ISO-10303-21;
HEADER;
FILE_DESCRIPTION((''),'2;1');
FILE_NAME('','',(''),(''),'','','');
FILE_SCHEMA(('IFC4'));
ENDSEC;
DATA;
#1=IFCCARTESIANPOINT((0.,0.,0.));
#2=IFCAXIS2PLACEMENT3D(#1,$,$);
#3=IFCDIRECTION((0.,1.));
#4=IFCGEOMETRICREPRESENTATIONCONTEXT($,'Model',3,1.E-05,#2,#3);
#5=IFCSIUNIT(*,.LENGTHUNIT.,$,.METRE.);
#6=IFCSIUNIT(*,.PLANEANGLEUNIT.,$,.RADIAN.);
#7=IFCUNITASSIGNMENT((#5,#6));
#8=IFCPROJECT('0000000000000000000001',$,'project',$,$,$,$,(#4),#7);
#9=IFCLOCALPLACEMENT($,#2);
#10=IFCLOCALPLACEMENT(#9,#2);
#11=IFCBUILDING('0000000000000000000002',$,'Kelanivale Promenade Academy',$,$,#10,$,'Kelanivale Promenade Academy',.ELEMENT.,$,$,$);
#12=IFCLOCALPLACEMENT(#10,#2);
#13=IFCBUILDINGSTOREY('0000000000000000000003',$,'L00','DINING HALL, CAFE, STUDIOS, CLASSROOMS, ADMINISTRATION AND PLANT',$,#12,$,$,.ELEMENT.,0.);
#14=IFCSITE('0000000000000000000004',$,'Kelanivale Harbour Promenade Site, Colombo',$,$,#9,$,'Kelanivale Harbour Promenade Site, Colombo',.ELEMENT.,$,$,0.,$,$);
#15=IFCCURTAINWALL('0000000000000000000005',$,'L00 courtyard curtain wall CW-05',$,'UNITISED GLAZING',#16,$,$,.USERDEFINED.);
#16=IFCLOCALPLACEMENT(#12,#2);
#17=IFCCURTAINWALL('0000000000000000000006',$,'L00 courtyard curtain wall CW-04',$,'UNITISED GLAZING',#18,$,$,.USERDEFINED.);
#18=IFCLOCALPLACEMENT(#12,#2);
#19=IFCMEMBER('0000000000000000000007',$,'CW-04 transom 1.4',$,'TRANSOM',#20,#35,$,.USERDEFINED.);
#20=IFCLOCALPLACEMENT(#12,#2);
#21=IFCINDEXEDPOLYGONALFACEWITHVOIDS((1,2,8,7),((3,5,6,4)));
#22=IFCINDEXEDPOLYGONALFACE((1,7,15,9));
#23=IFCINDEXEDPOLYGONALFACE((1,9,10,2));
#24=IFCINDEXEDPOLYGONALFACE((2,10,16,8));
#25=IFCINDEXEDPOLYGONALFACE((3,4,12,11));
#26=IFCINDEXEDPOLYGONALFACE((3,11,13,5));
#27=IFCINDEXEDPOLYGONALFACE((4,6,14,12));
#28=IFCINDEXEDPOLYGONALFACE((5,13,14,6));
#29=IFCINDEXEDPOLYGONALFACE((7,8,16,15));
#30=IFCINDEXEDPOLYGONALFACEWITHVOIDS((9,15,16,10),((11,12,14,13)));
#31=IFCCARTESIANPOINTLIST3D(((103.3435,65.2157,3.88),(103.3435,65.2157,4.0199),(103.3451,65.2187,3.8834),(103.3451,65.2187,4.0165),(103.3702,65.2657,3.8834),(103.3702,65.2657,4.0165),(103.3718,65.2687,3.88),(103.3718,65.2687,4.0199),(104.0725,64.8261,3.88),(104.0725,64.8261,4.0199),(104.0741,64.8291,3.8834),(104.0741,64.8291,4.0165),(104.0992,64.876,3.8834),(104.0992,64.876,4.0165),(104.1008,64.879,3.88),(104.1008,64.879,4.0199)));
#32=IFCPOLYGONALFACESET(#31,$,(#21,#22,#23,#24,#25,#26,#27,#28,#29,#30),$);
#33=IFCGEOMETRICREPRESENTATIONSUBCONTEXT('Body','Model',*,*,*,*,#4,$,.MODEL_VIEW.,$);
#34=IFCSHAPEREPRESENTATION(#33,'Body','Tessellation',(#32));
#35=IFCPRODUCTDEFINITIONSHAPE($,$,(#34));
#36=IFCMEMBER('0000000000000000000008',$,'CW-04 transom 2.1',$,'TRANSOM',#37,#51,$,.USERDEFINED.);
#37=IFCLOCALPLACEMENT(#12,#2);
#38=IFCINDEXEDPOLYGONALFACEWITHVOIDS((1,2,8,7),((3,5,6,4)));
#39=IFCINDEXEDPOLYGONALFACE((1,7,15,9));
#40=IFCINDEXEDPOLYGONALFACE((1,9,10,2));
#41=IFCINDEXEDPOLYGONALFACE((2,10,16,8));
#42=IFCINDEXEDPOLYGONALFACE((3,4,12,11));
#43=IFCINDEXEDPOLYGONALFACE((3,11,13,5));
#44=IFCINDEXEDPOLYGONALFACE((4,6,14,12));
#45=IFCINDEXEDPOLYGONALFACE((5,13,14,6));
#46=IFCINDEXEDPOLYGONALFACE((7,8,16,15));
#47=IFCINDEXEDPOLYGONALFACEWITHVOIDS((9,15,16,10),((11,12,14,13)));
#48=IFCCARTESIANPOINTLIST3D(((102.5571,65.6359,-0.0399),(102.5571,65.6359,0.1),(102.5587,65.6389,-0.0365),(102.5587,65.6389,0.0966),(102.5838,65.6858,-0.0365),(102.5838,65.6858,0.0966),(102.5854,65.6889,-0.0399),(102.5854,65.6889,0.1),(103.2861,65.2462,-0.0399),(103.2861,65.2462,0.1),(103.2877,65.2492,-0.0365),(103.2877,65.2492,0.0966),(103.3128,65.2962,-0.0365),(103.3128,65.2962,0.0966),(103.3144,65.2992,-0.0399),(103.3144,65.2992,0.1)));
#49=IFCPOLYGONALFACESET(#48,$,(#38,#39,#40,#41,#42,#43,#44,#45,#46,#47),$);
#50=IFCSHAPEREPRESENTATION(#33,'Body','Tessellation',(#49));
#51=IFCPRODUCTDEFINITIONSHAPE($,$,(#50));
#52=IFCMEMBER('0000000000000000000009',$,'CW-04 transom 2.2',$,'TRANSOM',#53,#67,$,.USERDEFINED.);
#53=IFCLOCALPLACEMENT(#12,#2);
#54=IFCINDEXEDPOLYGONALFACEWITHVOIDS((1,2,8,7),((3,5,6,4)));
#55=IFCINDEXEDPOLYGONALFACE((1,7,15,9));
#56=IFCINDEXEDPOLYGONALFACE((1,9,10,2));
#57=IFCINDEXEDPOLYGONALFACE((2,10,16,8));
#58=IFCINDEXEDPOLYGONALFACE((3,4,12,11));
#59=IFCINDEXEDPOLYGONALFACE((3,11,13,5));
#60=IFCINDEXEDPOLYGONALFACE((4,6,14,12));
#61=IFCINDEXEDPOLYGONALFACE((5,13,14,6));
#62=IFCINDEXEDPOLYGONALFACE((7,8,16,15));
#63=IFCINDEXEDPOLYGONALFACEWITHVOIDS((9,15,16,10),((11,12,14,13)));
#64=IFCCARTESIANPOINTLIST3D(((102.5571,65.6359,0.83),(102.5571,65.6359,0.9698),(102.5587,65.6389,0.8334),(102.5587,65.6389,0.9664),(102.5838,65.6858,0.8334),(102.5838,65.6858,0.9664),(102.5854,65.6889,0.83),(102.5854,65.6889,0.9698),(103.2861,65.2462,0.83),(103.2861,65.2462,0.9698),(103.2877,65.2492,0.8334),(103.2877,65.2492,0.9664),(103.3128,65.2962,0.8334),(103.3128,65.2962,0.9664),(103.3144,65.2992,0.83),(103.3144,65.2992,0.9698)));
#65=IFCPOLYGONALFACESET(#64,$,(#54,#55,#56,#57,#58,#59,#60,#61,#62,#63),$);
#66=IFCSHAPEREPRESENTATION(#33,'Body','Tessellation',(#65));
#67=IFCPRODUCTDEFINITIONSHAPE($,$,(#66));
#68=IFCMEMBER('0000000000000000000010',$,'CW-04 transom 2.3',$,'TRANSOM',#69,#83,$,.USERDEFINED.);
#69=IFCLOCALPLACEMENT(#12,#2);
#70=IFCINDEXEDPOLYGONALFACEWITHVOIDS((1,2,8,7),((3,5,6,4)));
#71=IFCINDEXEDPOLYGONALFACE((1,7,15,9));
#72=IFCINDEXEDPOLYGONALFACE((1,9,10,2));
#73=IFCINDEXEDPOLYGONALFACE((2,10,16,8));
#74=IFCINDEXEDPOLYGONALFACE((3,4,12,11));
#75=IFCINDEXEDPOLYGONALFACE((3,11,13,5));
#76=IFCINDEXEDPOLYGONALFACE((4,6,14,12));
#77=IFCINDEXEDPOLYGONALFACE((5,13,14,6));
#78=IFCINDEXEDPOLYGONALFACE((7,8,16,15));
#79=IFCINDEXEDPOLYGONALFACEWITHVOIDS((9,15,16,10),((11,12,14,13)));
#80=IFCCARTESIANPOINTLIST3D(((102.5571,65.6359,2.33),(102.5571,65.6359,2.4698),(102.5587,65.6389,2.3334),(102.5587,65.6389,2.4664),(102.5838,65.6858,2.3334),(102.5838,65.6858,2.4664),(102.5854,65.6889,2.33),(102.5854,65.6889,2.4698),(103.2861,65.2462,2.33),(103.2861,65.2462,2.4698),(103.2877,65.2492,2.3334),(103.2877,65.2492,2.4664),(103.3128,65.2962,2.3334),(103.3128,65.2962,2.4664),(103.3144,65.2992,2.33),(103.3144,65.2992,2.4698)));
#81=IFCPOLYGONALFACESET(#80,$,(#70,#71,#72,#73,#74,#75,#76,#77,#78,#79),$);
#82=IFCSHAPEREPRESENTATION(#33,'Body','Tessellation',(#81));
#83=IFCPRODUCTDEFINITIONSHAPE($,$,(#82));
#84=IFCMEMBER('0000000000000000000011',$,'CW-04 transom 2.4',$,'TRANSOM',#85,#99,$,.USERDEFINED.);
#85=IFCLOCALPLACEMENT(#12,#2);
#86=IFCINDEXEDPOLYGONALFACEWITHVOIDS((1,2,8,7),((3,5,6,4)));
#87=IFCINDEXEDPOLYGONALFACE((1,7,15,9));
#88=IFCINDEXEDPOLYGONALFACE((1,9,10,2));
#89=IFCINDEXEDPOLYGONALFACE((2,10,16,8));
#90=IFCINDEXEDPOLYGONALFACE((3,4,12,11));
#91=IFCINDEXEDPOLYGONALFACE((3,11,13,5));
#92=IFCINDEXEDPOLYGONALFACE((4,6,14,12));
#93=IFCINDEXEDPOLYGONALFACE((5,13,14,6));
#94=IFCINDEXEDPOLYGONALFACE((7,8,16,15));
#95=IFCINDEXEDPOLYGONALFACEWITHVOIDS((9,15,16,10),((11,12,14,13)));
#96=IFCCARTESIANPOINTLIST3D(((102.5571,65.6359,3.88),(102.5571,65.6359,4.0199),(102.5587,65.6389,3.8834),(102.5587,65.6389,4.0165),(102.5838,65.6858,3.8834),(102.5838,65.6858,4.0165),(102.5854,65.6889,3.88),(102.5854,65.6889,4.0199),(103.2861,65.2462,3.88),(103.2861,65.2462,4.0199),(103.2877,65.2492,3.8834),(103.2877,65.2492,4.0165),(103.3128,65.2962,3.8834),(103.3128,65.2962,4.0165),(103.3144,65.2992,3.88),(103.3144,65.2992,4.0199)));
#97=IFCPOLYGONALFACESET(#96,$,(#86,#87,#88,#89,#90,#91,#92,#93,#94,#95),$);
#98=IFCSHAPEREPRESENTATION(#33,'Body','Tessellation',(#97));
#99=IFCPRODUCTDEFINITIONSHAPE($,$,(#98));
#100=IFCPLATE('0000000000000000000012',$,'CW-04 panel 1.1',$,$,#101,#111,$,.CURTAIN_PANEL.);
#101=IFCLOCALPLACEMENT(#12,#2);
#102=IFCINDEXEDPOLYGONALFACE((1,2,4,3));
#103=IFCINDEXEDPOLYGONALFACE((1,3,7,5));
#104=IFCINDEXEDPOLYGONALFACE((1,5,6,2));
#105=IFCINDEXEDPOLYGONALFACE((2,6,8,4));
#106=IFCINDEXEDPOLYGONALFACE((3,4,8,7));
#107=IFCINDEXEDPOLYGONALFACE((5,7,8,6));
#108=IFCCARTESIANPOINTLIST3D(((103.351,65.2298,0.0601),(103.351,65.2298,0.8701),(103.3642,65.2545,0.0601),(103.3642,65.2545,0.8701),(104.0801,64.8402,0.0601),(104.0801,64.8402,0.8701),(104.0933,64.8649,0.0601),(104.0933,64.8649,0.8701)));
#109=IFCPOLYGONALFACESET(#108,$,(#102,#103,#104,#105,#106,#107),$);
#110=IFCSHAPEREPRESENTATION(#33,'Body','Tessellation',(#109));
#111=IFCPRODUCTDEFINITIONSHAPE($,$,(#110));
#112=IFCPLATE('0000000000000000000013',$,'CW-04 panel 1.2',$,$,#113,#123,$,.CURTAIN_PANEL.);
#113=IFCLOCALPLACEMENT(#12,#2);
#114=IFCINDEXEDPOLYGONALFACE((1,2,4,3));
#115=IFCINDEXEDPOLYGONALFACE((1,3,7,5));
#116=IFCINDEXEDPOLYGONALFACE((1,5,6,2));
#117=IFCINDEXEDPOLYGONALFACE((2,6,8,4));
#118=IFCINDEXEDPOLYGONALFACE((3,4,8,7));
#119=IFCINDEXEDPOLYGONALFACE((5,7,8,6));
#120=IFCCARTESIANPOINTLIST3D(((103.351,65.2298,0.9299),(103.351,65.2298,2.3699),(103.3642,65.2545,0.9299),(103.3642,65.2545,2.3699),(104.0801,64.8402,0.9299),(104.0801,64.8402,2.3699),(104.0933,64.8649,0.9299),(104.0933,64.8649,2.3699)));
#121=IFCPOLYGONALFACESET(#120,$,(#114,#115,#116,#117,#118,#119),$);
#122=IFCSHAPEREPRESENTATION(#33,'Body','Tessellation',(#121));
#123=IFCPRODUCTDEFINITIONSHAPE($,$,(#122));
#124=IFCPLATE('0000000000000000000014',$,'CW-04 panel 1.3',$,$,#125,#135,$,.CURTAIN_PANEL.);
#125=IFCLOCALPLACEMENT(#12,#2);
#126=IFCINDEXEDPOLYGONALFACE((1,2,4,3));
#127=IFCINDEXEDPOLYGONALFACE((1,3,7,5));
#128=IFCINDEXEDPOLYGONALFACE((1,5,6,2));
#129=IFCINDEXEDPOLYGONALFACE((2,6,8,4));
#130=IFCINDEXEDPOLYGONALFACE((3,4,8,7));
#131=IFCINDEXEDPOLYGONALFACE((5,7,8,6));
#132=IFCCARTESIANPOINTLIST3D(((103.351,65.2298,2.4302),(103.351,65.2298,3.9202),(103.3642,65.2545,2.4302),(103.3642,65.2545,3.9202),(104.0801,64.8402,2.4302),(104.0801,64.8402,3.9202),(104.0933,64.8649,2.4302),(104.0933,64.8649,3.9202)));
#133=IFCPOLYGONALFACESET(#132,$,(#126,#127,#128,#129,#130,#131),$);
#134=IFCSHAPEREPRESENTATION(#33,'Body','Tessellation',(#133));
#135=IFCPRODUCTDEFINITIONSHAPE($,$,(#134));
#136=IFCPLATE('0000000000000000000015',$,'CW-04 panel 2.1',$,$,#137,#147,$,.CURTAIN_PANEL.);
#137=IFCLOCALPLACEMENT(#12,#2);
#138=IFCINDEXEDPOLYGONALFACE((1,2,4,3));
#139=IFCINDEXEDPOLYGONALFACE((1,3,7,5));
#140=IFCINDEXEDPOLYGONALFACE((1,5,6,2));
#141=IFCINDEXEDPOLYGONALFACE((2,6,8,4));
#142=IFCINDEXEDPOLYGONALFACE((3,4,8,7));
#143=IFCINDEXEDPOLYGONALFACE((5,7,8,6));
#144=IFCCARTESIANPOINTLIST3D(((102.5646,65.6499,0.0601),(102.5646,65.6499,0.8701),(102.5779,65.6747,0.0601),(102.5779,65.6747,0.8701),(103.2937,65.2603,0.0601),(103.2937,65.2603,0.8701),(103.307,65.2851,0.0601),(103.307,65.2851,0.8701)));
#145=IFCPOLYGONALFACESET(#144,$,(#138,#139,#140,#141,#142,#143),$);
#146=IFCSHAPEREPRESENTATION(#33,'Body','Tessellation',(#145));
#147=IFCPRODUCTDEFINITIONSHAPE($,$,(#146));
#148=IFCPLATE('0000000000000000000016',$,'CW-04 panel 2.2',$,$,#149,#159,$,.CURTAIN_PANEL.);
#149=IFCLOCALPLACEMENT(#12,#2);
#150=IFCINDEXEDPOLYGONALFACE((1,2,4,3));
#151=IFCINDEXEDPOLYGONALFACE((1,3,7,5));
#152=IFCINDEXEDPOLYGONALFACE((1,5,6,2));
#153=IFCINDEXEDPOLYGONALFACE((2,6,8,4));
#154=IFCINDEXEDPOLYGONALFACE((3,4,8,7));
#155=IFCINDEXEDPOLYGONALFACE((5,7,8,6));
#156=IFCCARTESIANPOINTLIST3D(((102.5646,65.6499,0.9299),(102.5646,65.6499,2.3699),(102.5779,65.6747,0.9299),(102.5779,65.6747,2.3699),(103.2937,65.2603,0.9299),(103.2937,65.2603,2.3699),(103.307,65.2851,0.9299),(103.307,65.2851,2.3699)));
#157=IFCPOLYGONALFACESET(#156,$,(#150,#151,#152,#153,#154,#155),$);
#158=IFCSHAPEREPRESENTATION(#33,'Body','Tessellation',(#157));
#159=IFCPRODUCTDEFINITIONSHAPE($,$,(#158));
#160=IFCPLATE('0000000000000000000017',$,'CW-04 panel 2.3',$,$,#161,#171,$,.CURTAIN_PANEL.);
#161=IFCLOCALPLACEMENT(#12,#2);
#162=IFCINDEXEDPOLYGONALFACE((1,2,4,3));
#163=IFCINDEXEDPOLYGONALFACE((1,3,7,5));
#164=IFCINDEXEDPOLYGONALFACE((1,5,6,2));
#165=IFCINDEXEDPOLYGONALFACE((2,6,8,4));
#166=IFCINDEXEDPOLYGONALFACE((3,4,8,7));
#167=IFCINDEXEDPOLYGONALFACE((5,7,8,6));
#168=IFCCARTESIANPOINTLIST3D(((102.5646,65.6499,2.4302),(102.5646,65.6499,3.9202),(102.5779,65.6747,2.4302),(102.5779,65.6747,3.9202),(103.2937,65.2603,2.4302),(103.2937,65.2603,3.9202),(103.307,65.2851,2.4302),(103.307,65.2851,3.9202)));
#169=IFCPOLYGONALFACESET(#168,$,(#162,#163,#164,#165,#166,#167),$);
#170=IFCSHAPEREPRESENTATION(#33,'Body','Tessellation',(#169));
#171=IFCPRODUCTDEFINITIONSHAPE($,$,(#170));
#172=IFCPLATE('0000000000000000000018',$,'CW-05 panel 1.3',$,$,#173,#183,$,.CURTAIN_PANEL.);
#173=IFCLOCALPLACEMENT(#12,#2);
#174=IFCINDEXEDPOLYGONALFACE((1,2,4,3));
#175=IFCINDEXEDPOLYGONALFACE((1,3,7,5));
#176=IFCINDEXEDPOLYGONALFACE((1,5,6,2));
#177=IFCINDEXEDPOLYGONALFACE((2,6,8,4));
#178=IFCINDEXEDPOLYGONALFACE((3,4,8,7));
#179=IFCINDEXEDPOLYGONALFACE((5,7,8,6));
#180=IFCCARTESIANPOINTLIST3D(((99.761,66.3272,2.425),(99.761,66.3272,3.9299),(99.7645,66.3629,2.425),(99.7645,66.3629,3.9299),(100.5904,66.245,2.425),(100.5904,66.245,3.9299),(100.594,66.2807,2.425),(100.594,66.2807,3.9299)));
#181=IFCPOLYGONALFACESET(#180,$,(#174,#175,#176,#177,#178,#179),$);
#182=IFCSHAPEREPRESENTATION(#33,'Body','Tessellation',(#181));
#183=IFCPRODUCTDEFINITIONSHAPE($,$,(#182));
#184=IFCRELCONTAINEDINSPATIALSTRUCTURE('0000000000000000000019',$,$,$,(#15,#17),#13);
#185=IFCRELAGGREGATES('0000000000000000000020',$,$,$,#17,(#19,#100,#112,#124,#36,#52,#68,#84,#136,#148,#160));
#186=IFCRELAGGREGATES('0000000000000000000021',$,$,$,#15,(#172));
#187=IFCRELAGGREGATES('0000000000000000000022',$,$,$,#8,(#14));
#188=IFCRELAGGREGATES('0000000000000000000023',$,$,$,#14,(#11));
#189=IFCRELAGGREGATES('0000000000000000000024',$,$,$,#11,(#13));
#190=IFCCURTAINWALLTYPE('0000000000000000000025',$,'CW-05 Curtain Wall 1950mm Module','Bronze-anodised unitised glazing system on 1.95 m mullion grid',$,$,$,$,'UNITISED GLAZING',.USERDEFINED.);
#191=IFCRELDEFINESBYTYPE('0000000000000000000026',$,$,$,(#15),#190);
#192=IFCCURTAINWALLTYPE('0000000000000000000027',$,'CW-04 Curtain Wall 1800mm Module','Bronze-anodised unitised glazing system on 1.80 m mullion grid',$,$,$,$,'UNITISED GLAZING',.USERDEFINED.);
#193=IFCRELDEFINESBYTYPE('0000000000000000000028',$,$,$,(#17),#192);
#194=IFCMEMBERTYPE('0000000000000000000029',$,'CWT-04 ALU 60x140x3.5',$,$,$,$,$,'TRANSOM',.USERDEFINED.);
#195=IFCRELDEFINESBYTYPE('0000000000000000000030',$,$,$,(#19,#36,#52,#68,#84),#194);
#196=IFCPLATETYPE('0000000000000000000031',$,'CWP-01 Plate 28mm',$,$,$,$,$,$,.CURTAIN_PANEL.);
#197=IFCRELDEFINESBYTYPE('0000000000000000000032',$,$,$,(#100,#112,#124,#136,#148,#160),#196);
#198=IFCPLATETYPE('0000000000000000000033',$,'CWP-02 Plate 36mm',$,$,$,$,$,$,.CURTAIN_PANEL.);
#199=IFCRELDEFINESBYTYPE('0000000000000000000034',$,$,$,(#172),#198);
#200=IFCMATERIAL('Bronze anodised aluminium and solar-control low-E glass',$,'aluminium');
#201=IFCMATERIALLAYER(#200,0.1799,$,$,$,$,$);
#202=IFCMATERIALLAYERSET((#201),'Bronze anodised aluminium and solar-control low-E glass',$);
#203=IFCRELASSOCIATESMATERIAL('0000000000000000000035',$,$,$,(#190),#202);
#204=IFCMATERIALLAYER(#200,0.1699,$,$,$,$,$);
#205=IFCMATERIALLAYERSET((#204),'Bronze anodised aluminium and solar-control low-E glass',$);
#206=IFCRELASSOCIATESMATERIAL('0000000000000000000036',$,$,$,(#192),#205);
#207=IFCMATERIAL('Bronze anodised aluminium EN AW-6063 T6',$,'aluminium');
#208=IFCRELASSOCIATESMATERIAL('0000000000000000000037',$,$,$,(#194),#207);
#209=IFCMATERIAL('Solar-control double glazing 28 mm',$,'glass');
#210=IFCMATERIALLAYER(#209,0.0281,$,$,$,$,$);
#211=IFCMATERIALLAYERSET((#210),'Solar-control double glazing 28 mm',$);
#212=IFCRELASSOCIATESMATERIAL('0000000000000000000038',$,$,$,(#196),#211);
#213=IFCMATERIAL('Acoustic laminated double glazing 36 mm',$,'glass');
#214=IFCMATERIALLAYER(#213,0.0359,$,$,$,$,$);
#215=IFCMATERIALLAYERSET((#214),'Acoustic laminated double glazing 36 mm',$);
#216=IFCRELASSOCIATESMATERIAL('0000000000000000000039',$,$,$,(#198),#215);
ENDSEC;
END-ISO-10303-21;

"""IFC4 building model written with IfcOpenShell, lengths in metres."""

from ifc_helpers import new_model, si_unit, direction, frame, origin, origin_2d, place, context, subcontext, project, spatial, rectangle, hollow_rectangle, extrude, material, layer, layer_set, material_profile, profile_set, type_object, element, aggregate, save


model = new_model("IFC4")

# Units and contexts
model_context = context("Model", 3, precision=1e-05, world=origin(), true_north=direction((0.0, 1.0)))
body_context = subcontext(model_context, "Body", "Model", "MODEL_VIEW")
ifc_project = project(units=[si_unit("LENGTHUNIT", "METRE"), si_unit("PLANEANGLEUNIT", "RADIAN")], contexts=[model_context])

# Site, building, storey
site_placement = place(None, origin())
site = spatial("IfcSite", under=ifc_project, at=site_placement, Name="Kelanivale Harbour Promenade Site, Colombo", LongName="Kelanivale Harbour Promenade Site, Colombo", CompositionType="ELEMENT", RefElevation=0.0)
building_placement = place(site_placement, origin())
building = spatial("IfcBuilding", under=site, at=building_placement, Name="Kelanivale Promenade Academy", LongName="Kelanivale Promenade Academy", CompositionType="ELEMENT")
storey_placement = place(building_placement, origin())
storey = spatial("IfcBuildingStorey", under=building, at=storey_placement, Name="L00", Description="DINING HALL, CAFE, STUDIOS, CLASSROOMS, ADMINISTRATION AND PLANT", CompositionType="ELEMENT", Elevation=0.0)

# Curtain wall
ifc_material_1 = material(Name="Bronze anodised aluminium and solar-control low-E glass", Category="aluminium")
ifc_layer_1 = layer(ifc_material_1, 0.1799)
ifc_layer_set_1 = layer_set([ifc_layer_1], Name="Bronze anodised aluminium and solar-control low-E glass")
curtain_wall_type_1 = type_object("IfcCurtainWallType", Name="CW-05 Curtain Wall 1950mm Module", Description="Bronze-anodised unitised glazing system on 1.95 m mullion grid", ElementType="UNITISED GLAZING", PredefinedType="USERDEFINED", material=ifc_layer_set_1)
curtain_wall_1_placement = place(storey_placement, origin())
curtain_wall_1 = element("IfcCurtainWall", 1, at=curtain_wall_1_placement, inside=storey, type_object=curtain_wall_type_1, Name="L00 courtyard curtain wall CW-05", ObjectType="UNITISED GLAZING", PredefinedType="USERDEFINED")
ifc_material_2 = material(Name="Bronze anodised aluminium EN AW-6063 T6", Category="aluminium")

# Curtain wall
ifc_layer_2 = layer(ifc_material_1, 0.1699)
ifc_layer_set_2 = layer_set([ifc_layer_2], Name="Bronze anodised aluminium and solar-control low-E glass")
curtain_wall_type_2 = type_object("IfcCurtainWallType", Name="CW-04 Curtain Wall 1800mm Module", Description="Bronze-anodised unitised glazing system on 1.80 m mullion grid", ElementType="UNITISED GLAZING", PredefinedType="USERDEFINED", material=ifc_layer_set_2)
curtain_wall_2_placement = place(storey_placement, origin())
curtain_wall_2 = element("IfcCurtainWall", 2, at=curtain_wall_2_placement, inside=storey, type_object=curtain_wall_type_2, Name="L00 courtyard curtain wall CW-04", ObjectType="UNITISED GLAZING", PredefinedType="USERDEFINED")

# Members
ifc_material_profile_1 = material_profile(ifc_material_2, hollow_rectangle(XDim=0.0601, YDim=0.1399, WallThickness=0.0034, at=origin_2d()), Name="ALU 60x140x3.5")
ifc_profile_set_1 = profile_set([ifc_material_profile_1], Name="Bronze anodised aluminium EN AW-6063 T6")
member_type_1 = type_object("IfcMemberType", Name="CWT-04 ALU 60x140x3.5", ElementType="TRANSOM", PredefinedType="USERDEFINED", material=ifc_profile_set_1)
member_1_placement = place(storey_placement, frame((104.0867, 64.8525, 3.95), z_axis=(-0.881927, 0.471385, 0.0), x_axis=(-0.471385, -0.881927, 0.0)))
member_1 = element("IfcMember", 3, at=member_1_placement, type_object=member_type_1, Name="CW-04 transom 1.4", ObjectType="TRANSOM", PredefinedType="USERDEFINED", context=body_context, shape_type="SweptSolid", body=[
    extrude(hollow_rectangle(XDim=0.0601, YDim=0.1399, WallThickness=0.0034, at=origin_2d()), origin(), (0.0, 0.0, 1.0), 0.8267),
])
member_2_placement = place(storey_placement, frame((103.3003, 65.2727, 0.03), z_axis=(-0.881927, 0.471385, 0.0), x_axis=(-0.471385, -0.881927, 0.0)))
member_2 = element("IfcMember", 4, at=member_2_placement, type_object=member_type_1, Name="CW-04 transom 2.1", ObjectType="TRANSOM", PredefinedType="USERDEFINED", context=body_context, shape_type="SweptSolid", body=[
    extrude(hollow_rectangle(XDim=0.0601, YDim=0.1399, WallThickness=0.0034, at=origin_2d()), origin(), (0.0, 0.0, 1.0), 0.8267),
])
member_3_placement = place(storey_placement, frame((103.3003, 65.2727, 0.8999), z_axis=(-0.881927, 0.471385, 0.0), x_axis=(-0.471385, -0.881927, 0.0)))
member_3 = element("IfcMember", 5, at=member_3_placement, type_object=member_type_1, Name="CW-04 transom 2.2", ObjectType="TRANSOM", PredefinedType="USERDEFINED", context=body_context, shape_type="SweptSolid", body=[
    extrude(hollow_rectangle(XDim=0.0601, YDim=0.1399, WallThickness=0.0034, at=origin_2d()), origin(), (0.0, 0.0, 1.0), 0.8267),
])
member_4_placement = place(storey_placement, frame((103.3003, 65.2727, 2.3999), z_axis=(-0.881927, 0.471385, 0.0), x_axis=(-0.471385, -0.881927, 0.0)))
member_4 = element("IfcMember", 6, at=member_4_placement, type_object=member_type_1, Name="CW-04 transom 2.3", ObjectType="TRANSOM", PredefinedType="USERDEFINED", context=body_context, shape_type="SweptSolid", body=[
    extrude(hollow_rectangle(XDim=0.0601, YDim=0.1399, WallThickness=0.0034, at=origin_2d()), origin(), (0.0, 0.0, 1.0), 0.8267),
])
member_5_placement = place(storey_placement, frame((103.3003, 65.2727, 3.95), z_axis=(-0.881927, 0.471385, 0.0), x_axis=(-0.471385, -0.881927, 0.0)))
member_5 = element("IfcMember", 7, at=member_5_placement, type_object=member_type_1, Name="CW-04 transom 2.4", ObjectType="TRANSOM", PredefinedType="USERDEFINED", context=body_context, shape_type="SweptSolid", body=[
    extrude(hollow_rectangle(XDim=0.0601, YDim=0.1399, WallThickness=0.0034, at=origin_2d()), origin(), (0.0, 0.0, 1.0), 0.8267),
])

# Plates
ifc_material_3 = material(Name="Solar-control double glazing 28 mm", Category="glass")
ifc_layer_3 = layer(ifc_material_3, 0.0281)
ifc_layer_set_3 = layer_set([ifc_layer_3], Name="Solar-control double glazing 28 mm")
plate_type_1 = type_object("IfcPlateType", Name="CWP-01 Plate 28mm", PredefinedType="CURTAIN_PANEL", material=ifc_layer_set_3)
plate_1_placement = place(storey_placement, frame((103.7222, 65.0474, 0.0601), z_axis=(0.0, 0.0, 1.0), x_axis=(-0.881978, 0.47129, 0.0)))
plate_1 = element("IfcPlate", 8, at=plate_1_placement, type_object=plate_type_1, Name="CW-04 panel 1.1", PredefinedType="CURTAIN_PANEL", context=body_context, shape_type="SweptSolid", body=[
    extrude(rectangle(XDim=0.8267, YDim=0.0281, at=origin_2d()), origin(), (0.0, 0.0, 1.0), 0.8101),
])
plate_2_placement = place(storey_placement, frame((103.7222, 65.0474, 0.9299), z_axis=(0.0, 0.0, 1.0), x_axis=(-0.881978, 0.47129, 0.0)))
plate_2 = element("IfcPlate", 9, at=plate_2_placement, type_object=plate_type_1, Name="CW-04 panel 1.2", PredefinedType="CURTAIN_PANEL", context=body_context, shape_type="SweptSolid", body=[
    extrude(rectangle(XDim=0.8267, YDim=0.0281, at=origin_2d()), origin(), (0.0, 0.0, 1.0), 1.4399),
])
plate_3_placement = place(storey_placement, frame((103.7222, 65.0474, 2.4302), z_axis=(0.0, 0.0, 1.0), x_axis=(-0.881978, 0.47129, 0.0)))
plate_3 = element("IfcPlate", 10, at=plate_3_placement, type_object=plate_type_1, Name="CW-04 panel 1.3", PredefinedType="CURTAIN_PANEL", context=body_context, shape_type="SweptSolid", body=[
    extrude(rectangle(XDim=0.8267, YDim=0.0281, at=origin_2d()), origin(), (0.0, 0.0, 1.0), 1.49),
])
plate_4_placement = place(storey_placement, frame((102.9358, 65.4675, 0.0601), z_axis=(0.0, 0.0, 1.0), x_axis=(-0.881978, 0.47129, 0.0)))
plate_4 = element("IfcPlate", 11, at=plate_4_placement, type_object=plate_type_1, Name="CW-04 panel 2.1", PredefinedType="CURTAIN_PANEL", context=body_context, shape_type="SweptSolid", body=[
    extrude(rectangle(XDim=0.8267, YDim=0.0281, at=origin_2d()), origin(), (0.0, 0.0, 1.0), 0.8101),
])
plate_5_placement = place(storey_placement, frame((102.9358, 65.4675, 0.9299), z_axis=(0.0, 0.0, 1.0), x_axis=(-0.881978, 0.47129, 0.0)))
plate_5 = element("IfcPlate", 12, at=plate_5_placement, type_object=plate_type_1, Name="CW-04 panel 2.2", PredefinedType="CURTAIN_PANEL", context=body_context, shape_type="SweptSolid", body=[
    extrude(rectangle(XDim=0.8267, YDim=0.0281, at=origin_2d()), origin(), (0.0, 0.0, 1.0), 1.4399),
])
plate_6_placement = place(storey_placement, frame((102.9358, 65.4675, 2.4302), z_axis=(0.0, 0.0, 1.0), x_axis=(-0.881978, 0.47129, 0.0)))
plate_6 = element("IfcPlate", 13, at=plate_6_placement, type_object=plate_type_1, Name="CW-04 panel 2.3", PredefinedType="CURTAIN_PANEL", context=body_context, shape_type="SweptSolid", body=[
    extrude(rectangle(XDim=0.8267, YDim=0.0281, at=origin_2d()), origin(), (0.0, 0.0, 1.0), 1.49),
])
aggregate(curtain_wall_2, [member_1, plate_1, plate_2, plate_3, member_2, member_3, member_4, member_5, plate_4, plate_5, plate_6])
ifc_material_4 = material(Name="Acoustic laminated double glazing 36 mm", Category="glass")
ifc_layer_4 = layer(ifc_material_4, 0.0359)
ifc_layer_set_4 = layer_set([ifc_layer_4], Name="Acoustic laminated double glazing 36 mm")
plate_type_2 = type_object("IfcPlateType", Name="CWP-02 Plate 36mm", PredefinedType="CURTAIN_PANEL", material=ifc_layer_set_4)
plate_7_placement = place(storey_placement, frame((100.1775, 66.304, 2.425), z_axis=(0.0, 0.0, 1.0), x_axis=(-0.995133, 0.098539, 0.0)))
plate_7 = element("IfcPlate", 14, at=plate_7_placement, type_object=plate_type_2, Name="CW-05 panel 1.3", PredefinedType="CURTAIN_PANEL", context=body_context, shape_type="SweptSolid", body=[
    extrude(rectangle(XDim=0.8335, YDim=0.0359, at=origin_2d()), origin(), (0.0, 0.0, 1.0), 1.5049),
])
aggregate(curtain_wall_1, [plate_7])

save(model, "model.ifc")
